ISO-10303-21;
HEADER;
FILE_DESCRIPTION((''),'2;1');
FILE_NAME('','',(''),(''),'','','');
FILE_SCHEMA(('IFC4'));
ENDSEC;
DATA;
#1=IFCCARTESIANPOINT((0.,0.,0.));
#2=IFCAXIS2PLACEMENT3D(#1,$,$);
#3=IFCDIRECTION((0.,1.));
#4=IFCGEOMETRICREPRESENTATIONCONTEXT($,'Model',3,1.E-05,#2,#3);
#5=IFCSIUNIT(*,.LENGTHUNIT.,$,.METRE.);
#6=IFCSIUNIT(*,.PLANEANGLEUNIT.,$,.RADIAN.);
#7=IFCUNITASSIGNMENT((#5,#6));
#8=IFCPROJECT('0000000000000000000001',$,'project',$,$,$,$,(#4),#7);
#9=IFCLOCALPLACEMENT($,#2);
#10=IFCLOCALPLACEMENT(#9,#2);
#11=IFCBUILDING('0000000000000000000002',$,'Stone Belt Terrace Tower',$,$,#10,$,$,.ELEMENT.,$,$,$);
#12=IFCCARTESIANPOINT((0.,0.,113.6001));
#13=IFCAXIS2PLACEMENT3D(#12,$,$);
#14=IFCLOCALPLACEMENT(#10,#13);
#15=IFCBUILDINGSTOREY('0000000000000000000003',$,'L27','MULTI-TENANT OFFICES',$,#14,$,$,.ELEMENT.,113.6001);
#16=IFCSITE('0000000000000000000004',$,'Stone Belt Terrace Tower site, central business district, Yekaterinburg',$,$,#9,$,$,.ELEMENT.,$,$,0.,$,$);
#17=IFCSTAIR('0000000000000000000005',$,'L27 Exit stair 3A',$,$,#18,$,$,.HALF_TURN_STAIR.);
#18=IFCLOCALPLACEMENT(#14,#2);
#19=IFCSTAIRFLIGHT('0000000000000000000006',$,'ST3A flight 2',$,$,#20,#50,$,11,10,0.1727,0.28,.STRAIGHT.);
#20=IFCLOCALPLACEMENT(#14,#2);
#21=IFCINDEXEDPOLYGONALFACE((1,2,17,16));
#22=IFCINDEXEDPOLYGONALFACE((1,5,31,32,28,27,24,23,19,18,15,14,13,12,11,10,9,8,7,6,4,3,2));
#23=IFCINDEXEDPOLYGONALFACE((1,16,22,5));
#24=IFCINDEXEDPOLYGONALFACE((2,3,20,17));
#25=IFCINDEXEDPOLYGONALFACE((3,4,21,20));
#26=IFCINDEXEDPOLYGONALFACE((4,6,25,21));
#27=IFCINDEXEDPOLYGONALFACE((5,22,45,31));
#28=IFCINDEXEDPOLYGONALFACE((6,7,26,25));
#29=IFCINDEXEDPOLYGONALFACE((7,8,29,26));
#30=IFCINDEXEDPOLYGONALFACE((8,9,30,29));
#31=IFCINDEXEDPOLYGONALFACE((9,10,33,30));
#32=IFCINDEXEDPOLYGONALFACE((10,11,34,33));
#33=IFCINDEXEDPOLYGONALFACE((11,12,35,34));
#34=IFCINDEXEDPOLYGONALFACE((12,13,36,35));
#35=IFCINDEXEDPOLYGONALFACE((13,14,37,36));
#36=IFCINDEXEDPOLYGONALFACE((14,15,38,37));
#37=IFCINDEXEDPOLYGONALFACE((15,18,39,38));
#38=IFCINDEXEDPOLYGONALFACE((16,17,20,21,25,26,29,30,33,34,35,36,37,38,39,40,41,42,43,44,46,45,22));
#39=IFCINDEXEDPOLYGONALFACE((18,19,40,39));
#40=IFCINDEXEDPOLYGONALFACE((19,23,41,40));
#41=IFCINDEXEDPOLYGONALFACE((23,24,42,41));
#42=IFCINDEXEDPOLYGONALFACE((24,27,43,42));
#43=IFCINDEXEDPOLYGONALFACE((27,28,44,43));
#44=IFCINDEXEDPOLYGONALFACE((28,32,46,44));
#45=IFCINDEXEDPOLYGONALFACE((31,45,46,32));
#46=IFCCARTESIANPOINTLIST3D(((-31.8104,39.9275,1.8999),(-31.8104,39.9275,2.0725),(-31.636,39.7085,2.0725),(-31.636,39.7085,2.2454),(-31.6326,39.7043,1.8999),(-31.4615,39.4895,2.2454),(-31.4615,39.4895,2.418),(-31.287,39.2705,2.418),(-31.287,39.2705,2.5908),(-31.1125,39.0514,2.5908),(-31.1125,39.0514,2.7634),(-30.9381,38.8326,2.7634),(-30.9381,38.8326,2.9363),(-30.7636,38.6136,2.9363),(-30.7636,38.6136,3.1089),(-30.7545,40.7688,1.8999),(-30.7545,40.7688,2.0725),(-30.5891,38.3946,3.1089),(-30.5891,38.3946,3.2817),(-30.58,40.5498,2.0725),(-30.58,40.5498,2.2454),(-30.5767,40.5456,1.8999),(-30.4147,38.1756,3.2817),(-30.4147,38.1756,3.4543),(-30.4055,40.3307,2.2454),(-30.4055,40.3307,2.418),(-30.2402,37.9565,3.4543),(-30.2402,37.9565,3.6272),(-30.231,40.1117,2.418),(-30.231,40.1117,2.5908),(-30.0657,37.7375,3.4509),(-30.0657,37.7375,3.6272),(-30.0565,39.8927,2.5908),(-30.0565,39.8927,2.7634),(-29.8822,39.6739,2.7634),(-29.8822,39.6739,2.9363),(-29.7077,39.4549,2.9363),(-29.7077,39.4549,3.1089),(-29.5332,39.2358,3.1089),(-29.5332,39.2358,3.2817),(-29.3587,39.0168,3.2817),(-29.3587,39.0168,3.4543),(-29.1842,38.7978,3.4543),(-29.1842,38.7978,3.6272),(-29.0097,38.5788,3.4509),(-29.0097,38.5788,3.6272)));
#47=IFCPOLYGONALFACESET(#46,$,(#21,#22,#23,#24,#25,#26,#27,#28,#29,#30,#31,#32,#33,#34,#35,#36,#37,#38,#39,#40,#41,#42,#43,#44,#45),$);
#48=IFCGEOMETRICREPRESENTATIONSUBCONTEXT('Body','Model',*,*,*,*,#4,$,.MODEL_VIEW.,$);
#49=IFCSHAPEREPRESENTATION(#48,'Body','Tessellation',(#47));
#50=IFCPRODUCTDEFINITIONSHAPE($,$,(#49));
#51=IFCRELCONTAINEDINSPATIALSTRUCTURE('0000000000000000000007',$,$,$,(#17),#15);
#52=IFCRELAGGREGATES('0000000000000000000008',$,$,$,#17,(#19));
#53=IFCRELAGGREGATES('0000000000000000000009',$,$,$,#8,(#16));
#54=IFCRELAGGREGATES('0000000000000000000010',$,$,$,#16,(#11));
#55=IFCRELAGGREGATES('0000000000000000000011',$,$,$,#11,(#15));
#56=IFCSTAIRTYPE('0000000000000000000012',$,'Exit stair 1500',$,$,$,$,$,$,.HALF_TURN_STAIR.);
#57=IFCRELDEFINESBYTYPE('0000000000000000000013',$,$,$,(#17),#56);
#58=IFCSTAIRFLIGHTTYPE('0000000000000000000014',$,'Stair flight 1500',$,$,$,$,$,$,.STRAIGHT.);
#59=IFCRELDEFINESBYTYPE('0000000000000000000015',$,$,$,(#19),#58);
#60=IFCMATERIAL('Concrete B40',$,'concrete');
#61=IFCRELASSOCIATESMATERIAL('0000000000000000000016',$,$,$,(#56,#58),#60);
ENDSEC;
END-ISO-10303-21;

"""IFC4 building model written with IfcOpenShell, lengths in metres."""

from ifc_helpers import new_model, si_unit, direction, frame, origin, place, context, subcontext, project, spatial, polyline, outline, extrude, material, type_object, element, aggregate, save


model = new_model("IFC4")

# Units and contexts
model_context = context("Model", 3, precision=1e-05, world=origin(), true_north=direction((0.0, 1.0)))
body_context = subcontext(model_context, "Body", "Model", "MODEL_VIEW")
ifc_project = project(units=[si_unit("LENGTHUNIT", "METRE"), si_unit("PLANEANGLEUNIT", "RADIAN")], contexts=[model_context])

# Site, building, storey
site_placement = place(None, origin())
site = spatial("IfcSite", under=ifc_project, at=site_placement, Name="Stone Belt Terrace Tower site, central business district, Yekaterinburg", CompositionType="ELEMENT", RefElevation=0.0)
building_placement = place(site_placement, origin())
building = spatial("IfcBuilding", under=site, at=building_placement, Name="Stone Belt Terrace Tower", CompositionType="ELEMENT")
storey_placement = place(building_placement, frame((0.0, 0.0, 113.6001)))
storey = spatial("IfcBuildingStorey", under=building, at=storey_placement, Name="L27", Description="MULTI-TENANT OFFICES", CompositionType="ELEMENT", Elevation=113.6001)

# Stair, stair flight
ifc_material_1 = material(Name="Concrete B40", Category="concrete")
stair_type = type_object("IfcStairType", Name="Exit stair 1500", PredefinedType="HALF_TURN_STAIR", material=ifc_material_1)
stair_placement = place(storey_placement, origin())
stair = element("IfcStair", 1, at=stair_placement, inside=storey, type_object=stair_type, Name="L27 Exit stair 3A", PredefinedType="HALF_TURN_STAIR")
stair_flight_type = type_object("IfcStairFlightType", Name="Stair flight 1500", PredefinedType="STRAIGHT", material=ifc_material_1)
stair_flight_placement = place(storey_placement, frame((-31.2825, 40.3481, 1.8999), z_axis=(0.0, 0.0, 1.0), x_axis=(0.623121, -0.782125, 0.0)))
stair_flight = element("IfcStairFlight", 2, at=stair_flight_placement, type_object=stair_flight_type, Name="ST3A flight 2", NumberOfRisers=11, NumberOfTreads=10, PredefinedType="STRAIGHT", RiserHeight=0.1727, TreadLength=0.28, context=body_context, shape_type="SweptSolid", body=[
    extrude(outline(polyline([(0.0, 0.0), (0.0, 0.1726), (0.28, 0.1726), (0.28, 0.3455), (0.5601, 0.3455), (0.5601, 0.5181), (0.8401, 0.5181), (0.8401, 0.6909), (1.1201, 0.6909), (1.1201, 0.8635), (1.3999, 0.8635), (1.3999, 1.0364), (1.6799, 1.0364), (1.6799, 1.209), (1.96, 1.209), (1.96, 1.3818), (2.24, 1.3818), (2.24, 1.5544), (2.52, 1.5544), (2.52, 1.7273), (2.8, 1.7273), (2.8, 1.8999), (2.8, 1.551), (0.2854, 0.0), (0.0, 0.0)])), frame((0.0, 0.675, 0.0), z_axis=(0.0, -1.0, 0.0), x_axis=(1.0, 0.0, 0.0)), (0.0, 0.0, 1.0), 1.3501),
])
aggregate(stair, [stair_flight])

save(model, "model.ifc")
